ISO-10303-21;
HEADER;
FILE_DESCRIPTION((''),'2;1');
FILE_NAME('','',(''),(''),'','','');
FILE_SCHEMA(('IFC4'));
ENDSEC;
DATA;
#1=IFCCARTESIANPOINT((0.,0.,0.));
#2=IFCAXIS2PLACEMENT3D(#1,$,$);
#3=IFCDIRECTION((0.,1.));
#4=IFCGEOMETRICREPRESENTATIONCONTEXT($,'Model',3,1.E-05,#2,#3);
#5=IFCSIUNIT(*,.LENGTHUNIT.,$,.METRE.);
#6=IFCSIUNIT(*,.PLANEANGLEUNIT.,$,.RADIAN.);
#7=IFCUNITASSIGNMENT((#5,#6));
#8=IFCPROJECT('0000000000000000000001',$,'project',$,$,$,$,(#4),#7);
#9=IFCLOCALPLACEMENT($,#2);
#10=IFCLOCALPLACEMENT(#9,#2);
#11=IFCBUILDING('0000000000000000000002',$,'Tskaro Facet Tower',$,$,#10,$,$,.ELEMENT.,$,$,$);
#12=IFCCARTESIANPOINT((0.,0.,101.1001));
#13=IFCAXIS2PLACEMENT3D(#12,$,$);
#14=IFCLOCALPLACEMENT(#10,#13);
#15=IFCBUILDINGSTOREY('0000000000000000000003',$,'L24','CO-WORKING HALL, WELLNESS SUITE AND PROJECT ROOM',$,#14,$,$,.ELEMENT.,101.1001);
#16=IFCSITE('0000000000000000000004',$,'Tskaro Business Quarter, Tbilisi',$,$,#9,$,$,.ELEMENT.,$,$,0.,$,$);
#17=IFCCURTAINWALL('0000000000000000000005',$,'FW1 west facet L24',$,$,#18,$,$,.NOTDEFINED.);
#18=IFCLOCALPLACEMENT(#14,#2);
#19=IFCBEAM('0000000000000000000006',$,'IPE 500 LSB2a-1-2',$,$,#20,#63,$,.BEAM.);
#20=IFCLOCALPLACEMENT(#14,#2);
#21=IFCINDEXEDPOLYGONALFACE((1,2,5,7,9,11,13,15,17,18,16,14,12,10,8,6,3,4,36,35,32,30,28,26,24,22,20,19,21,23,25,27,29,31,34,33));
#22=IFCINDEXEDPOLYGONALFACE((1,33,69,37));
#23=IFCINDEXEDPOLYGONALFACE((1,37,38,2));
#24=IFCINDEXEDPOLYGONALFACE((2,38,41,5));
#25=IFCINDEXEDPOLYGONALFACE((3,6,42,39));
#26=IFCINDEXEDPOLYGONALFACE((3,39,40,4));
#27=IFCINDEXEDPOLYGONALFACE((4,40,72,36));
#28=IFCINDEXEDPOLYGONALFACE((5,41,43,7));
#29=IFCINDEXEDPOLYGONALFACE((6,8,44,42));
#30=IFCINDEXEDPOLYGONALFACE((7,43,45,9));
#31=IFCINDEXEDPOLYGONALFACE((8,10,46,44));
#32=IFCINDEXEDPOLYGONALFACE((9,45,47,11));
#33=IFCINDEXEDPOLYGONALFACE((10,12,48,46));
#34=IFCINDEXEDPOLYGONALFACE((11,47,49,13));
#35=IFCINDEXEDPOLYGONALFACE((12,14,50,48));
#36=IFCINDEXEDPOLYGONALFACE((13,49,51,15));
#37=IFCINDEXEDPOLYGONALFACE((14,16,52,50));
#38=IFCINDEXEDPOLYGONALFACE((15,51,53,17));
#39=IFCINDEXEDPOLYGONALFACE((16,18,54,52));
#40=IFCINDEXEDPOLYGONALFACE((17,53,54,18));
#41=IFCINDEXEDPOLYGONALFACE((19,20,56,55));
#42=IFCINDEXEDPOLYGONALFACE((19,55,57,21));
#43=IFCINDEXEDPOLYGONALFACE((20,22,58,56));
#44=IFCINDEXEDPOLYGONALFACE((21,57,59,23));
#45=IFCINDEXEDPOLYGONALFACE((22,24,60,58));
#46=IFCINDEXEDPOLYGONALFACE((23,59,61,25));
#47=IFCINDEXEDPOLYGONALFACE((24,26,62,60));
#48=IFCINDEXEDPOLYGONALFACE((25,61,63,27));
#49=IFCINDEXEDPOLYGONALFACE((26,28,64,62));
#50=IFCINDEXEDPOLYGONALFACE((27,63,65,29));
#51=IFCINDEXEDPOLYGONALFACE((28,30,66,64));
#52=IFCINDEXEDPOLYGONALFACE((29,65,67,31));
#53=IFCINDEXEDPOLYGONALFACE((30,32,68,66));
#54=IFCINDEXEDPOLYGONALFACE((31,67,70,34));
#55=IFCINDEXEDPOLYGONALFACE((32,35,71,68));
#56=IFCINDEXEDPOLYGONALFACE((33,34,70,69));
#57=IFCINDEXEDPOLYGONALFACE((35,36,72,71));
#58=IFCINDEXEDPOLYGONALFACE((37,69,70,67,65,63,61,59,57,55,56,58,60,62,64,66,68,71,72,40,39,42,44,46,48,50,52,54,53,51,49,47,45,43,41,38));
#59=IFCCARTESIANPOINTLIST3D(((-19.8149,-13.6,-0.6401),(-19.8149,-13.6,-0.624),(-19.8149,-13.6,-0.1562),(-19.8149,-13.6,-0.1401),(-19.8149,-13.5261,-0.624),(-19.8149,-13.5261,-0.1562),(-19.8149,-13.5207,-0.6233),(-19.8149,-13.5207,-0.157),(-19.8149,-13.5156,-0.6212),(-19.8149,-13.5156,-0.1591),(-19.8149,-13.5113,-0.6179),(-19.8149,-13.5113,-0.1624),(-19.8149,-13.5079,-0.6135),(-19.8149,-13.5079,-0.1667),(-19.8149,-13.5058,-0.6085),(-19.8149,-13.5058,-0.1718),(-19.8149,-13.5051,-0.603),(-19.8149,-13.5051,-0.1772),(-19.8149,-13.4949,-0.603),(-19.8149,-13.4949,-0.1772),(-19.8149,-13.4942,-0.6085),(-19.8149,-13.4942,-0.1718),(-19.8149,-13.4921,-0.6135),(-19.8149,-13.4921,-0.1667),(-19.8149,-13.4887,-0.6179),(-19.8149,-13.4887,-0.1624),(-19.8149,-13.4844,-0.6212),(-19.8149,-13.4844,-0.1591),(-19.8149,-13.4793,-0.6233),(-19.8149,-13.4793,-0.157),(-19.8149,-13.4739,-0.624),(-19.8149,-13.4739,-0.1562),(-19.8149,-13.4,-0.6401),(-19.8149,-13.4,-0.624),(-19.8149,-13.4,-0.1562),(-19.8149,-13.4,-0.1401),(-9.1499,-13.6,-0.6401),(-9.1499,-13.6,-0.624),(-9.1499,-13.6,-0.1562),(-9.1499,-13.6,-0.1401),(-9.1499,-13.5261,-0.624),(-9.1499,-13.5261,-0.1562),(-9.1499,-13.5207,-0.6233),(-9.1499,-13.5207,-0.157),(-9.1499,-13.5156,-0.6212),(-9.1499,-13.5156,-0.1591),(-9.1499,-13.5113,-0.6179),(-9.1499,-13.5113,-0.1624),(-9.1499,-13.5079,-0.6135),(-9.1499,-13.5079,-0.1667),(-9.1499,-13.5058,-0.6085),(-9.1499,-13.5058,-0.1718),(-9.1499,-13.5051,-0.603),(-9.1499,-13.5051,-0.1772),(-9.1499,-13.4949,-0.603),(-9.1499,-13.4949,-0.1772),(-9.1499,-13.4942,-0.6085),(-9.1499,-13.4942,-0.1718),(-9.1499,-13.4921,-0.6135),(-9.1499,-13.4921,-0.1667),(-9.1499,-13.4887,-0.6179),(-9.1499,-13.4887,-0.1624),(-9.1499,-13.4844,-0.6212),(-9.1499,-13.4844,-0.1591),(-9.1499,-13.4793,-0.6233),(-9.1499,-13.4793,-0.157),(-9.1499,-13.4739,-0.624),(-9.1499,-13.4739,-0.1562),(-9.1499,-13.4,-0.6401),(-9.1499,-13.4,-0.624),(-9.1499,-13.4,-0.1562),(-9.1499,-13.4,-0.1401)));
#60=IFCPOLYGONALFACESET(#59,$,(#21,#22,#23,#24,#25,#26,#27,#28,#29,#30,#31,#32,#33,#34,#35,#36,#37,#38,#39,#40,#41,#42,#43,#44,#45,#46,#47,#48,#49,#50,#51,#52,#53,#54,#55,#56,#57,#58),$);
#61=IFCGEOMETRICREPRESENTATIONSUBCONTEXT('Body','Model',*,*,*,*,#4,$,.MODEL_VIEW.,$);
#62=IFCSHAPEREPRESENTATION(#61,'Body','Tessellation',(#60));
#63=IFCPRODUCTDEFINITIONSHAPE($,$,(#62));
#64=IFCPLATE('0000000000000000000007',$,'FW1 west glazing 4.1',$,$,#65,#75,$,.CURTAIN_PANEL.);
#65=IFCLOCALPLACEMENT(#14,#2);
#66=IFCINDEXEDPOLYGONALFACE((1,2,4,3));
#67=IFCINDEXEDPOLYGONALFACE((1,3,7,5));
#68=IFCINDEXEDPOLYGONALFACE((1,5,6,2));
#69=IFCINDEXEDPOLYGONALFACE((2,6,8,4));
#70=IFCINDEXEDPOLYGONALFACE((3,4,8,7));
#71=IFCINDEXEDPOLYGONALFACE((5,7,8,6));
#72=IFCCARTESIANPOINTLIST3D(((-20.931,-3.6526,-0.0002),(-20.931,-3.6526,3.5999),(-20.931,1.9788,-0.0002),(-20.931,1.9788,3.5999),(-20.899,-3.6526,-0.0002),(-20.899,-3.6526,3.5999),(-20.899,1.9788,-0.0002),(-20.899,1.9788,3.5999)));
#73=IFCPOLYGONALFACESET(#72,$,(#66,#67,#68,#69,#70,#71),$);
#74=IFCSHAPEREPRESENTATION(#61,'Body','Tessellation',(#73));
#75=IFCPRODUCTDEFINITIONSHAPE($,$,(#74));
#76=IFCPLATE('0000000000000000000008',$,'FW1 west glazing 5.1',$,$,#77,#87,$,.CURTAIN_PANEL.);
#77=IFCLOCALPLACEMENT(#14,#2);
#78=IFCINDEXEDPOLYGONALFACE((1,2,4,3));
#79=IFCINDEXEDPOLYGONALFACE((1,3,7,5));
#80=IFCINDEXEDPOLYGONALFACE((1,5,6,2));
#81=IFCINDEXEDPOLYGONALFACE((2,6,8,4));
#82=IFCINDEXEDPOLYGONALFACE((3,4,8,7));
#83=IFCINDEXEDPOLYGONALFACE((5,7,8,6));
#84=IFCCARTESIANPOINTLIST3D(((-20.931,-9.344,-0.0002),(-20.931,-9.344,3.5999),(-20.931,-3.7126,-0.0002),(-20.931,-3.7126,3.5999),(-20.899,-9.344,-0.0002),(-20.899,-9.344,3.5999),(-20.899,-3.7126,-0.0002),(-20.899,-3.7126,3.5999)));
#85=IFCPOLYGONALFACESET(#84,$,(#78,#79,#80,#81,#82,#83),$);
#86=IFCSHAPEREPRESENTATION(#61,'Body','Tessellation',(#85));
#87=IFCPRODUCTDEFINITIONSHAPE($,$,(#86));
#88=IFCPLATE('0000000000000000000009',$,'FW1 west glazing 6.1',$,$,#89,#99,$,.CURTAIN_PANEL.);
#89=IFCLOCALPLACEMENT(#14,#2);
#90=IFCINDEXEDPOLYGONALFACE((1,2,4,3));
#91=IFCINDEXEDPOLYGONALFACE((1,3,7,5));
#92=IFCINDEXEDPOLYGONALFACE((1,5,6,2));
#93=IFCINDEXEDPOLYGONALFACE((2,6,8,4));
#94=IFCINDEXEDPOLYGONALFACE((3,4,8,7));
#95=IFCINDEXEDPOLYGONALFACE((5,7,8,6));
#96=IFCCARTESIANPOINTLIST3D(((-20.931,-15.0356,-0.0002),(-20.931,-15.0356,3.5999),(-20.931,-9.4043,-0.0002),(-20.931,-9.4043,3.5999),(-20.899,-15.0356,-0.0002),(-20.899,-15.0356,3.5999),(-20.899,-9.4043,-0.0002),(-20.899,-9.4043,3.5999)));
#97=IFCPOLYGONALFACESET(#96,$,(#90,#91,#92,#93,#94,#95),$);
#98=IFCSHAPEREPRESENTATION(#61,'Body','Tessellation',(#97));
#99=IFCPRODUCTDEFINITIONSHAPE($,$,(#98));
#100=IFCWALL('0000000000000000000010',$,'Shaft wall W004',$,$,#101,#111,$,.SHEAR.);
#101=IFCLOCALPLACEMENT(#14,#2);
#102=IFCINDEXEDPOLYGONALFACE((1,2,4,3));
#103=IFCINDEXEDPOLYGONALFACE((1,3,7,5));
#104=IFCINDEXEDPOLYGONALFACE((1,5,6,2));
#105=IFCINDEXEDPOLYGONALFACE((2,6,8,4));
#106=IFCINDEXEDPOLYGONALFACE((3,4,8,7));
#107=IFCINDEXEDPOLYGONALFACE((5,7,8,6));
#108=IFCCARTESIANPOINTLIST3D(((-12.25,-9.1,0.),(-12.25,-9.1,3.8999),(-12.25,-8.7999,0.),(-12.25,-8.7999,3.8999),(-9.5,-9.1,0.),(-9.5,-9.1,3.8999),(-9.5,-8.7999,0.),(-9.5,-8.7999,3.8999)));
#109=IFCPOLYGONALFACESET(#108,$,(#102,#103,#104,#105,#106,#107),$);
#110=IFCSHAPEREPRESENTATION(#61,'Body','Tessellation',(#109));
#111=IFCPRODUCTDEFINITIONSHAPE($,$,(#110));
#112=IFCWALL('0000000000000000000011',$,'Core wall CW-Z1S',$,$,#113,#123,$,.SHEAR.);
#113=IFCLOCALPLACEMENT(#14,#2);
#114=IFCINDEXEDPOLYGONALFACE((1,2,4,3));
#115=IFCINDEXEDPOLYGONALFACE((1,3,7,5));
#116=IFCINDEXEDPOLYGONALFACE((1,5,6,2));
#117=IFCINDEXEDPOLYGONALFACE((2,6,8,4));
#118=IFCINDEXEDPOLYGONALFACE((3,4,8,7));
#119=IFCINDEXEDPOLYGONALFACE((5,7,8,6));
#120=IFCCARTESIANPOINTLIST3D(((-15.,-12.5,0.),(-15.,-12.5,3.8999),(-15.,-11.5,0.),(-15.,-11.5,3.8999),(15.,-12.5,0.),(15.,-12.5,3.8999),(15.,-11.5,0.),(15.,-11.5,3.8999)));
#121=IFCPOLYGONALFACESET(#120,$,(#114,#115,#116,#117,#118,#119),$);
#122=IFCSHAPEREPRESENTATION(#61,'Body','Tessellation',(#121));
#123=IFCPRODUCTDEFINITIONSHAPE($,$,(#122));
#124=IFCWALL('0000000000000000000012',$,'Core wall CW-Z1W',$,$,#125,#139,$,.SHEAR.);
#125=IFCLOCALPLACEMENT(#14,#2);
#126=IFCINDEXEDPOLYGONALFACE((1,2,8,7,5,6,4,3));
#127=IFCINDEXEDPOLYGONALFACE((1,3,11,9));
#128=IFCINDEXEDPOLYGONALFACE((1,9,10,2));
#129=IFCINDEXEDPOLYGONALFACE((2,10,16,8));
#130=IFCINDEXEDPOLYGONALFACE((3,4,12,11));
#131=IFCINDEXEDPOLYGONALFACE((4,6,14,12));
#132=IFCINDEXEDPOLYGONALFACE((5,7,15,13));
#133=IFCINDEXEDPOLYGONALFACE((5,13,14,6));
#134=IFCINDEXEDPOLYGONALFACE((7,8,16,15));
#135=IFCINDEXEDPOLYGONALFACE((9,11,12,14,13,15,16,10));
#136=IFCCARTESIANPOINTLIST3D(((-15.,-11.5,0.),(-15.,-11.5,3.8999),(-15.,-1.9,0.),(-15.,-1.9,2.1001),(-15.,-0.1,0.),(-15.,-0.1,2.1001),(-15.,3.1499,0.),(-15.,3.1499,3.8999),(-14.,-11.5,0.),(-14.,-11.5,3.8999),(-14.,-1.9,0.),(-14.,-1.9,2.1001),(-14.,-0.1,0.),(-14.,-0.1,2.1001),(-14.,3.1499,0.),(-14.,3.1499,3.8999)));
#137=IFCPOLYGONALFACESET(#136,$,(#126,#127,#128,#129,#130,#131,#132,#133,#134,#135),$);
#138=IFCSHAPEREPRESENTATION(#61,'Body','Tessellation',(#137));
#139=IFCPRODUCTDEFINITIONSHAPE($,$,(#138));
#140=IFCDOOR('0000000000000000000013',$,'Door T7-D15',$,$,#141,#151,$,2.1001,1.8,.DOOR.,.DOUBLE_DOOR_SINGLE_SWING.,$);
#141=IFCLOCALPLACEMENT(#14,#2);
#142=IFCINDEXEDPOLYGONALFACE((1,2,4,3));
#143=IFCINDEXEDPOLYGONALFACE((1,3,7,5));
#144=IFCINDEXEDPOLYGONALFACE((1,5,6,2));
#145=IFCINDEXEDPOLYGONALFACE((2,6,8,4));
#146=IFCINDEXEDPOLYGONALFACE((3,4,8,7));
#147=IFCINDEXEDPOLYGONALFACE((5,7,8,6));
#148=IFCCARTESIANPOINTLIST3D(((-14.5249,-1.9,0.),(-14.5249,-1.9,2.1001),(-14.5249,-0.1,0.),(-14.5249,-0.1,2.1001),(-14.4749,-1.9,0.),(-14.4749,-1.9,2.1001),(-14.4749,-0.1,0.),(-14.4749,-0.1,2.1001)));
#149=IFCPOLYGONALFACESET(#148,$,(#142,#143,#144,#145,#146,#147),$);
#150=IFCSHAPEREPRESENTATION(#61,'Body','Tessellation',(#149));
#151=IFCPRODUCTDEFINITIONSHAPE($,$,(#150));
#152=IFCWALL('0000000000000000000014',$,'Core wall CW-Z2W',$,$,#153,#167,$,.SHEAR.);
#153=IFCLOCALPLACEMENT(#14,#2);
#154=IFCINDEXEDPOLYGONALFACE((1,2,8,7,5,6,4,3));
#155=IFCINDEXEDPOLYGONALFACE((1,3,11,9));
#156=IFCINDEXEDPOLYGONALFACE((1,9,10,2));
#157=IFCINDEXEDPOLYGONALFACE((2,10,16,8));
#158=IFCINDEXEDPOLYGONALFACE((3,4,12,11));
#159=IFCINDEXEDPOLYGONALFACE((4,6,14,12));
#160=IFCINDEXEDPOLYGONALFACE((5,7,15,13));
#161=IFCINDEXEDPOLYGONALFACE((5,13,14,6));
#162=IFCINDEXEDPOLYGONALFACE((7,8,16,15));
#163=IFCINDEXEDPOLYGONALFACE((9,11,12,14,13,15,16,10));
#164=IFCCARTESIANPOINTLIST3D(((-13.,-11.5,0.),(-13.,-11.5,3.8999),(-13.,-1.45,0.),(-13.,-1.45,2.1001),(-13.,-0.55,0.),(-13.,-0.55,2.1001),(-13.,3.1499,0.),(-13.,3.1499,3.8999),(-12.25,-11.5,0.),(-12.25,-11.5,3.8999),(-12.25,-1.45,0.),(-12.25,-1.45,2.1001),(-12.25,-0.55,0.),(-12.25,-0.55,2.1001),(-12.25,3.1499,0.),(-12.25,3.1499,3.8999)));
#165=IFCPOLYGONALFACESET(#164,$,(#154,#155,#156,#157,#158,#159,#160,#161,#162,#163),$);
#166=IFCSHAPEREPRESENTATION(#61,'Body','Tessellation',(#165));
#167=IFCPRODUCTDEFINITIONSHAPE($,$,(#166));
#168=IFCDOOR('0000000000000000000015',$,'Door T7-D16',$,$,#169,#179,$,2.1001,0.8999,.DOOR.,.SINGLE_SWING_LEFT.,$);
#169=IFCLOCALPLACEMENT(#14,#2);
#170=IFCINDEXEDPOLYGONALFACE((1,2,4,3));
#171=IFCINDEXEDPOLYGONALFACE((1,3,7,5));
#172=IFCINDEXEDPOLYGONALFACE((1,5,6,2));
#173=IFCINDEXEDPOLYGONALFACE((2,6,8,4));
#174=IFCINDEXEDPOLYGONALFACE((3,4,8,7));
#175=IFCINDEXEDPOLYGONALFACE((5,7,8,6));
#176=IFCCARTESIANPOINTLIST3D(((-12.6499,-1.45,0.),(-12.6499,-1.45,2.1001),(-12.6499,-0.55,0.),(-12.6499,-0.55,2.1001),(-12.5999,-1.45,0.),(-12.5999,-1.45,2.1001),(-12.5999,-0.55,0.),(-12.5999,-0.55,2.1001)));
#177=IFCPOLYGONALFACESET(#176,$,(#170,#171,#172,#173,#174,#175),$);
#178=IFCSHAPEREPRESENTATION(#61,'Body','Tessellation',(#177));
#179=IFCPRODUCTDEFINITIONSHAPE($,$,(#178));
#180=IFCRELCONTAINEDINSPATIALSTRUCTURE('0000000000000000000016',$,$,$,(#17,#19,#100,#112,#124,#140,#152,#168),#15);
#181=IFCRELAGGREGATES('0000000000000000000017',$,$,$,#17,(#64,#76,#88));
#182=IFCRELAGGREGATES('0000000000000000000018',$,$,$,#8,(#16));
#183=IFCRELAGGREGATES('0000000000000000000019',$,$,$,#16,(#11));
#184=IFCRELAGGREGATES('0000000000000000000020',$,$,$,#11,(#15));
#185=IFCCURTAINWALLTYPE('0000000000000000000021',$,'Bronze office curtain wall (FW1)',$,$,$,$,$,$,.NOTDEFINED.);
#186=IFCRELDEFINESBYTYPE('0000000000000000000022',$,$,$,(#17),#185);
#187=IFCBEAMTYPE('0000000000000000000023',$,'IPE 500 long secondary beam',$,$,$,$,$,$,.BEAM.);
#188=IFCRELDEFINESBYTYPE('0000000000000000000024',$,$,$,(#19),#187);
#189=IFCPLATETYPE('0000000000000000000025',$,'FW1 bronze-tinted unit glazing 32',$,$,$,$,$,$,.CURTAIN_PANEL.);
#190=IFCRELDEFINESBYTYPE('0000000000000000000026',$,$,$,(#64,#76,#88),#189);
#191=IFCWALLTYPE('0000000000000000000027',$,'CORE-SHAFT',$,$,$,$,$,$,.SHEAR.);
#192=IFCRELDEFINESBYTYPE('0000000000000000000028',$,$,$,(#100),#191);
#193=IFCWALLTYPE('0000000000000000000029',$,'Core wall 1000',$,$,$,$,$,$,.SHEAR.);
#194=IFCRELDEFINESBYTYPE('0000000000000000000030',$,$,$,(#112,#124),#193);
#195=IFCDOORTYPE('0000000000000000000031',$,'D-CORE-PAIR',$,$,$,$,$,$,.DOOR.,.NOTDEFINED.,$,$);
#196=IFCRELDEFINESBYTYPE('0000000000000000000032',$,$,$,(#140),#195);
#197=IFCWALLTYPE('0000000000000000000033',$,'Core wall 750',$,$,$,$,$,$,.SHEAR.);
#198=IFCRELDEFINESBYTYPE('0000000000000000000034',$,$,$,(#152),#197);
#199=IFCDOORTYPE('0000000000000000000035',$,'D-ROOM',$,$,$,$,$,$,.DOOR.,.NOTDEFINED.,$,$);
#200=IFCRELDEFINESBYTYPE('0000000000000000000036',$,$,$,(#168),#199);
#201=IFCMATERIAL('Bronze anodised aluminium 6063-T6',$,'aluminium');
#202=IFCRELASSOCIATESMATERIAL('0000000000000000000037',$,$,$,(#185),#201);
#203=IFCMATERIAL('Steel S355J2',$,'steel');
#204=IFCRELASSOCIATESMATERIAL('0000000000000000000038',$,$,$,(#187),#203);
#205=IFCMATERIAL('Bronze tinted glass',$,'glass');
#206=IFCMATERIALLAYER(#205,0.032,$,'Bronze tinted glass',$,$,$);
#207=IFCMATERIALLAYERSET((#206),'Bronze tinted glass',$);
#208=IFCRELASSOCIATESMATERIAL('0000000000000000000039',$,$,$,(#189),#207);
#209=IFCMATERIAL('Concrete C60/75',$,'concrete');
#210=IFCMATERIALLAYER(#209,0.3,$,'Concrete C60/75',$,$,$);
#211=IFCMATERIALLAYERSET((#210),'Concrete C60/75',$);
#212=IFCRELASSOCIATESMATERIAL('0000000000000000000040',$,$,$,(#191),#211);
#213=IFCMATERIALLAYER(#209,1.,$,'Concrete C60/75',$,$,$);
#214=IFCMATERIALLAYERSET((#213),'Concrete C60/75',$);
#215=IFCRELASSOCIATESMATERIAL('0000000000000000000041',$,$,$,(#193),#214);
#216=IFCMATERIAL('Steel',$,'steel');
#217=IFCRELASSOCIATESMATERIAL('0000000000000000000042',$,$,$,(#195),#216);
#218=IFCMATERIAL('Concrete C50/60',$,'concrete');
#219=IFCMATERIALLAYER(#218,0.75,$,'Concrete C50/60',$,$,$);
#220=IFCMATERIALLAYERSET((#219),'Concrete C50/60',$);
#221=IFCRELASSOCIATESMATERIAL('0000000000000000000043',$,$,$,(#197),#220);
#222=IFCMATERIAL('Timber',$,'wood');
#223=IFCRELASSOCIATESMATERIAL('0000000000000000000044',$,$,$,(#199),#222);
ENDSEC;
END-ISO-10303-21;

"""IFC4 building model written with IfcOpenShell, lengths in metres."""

from ifc_helpers import new_model, si_unit, direction, frame, frame_2d, origin, origin_2d, place, context, subcontext, project, spatial, rectangle, i_section, extrude, material, layer, layer_set, material_profile, profile_set, type_object, element, fill, aggregate, save


model = new_model("IFC4")

# Units and contexts
model_context = context("Model", 3, precision=1e-05, world=origin(), true_north=direction((0.0, 1.0)))
body_context = subcontext(model_context, "Body", "Model", "MODEL_VIEW")
ifc_project = project(units=[si_unit("LENGTHUNIT", "METRE"), si_unit("PLANEANGLEUNIT", "RADIAN")], contexts=[model_context])

# Site, building, storey
site_placement = place(None, origin())
site = spatial("IfcSite", under=ifc_project, at=site_placement, Name="Tskaro Business Quarter, Tbilisi", CompositionType="ELEMENT", RefElevation=0.0)
building_placement = place(site_placement, origin())
building = spatial("IfcBuilding", under=site, at=building_placement, Name="Tskaro Facet Tower", CompositionType="ELEMENT")
storey_placement = place(building_placement, frame((0.0, 0.0, 101.1001)))
storey = spatial("IfcBuildingStorey", under=building, at=storey_placement, Name="L24", Description="CO-WORKING HALL, WELLNESS SUITE AND PROJECT ROOM", CompositionType="ELEMENT", Elevation=101.1001)

# Curtain wall
ifc_material_1 = material(Name="Bronze anodised aluminium 6063-T6", Category="aluminium")
curtain_wall_type = type_object("IfcCurtainWallType", Name="Bronze office curtain wall (FW1)", PredefinedType="NOTDEFINED", material=ifc_material_1)
curtain_wall_placement = place(storey_placement, origin())
curtain_wall = element("IfcCurtainWall", 1, at=curtain_wall_placement, inside=storey, type_object=curtain_wall_type, Name="FW1 west facet L24", PredefinedType="NOTDEFINED")

# Beam
ifc_material_2 = material(Name="Steel S355J2", Category="steel")
ifc_material_profile_1 = material_profile(ifc_material_2, i_section(OverallWidth=0.2, OverallDepth=0.5, WebThickness=0.0103, FlangeThickness=0.0161, FilletRadius=0.021, at=origin_2d()), Name="IPE 500")
ifc_profile_set_1 = profile_set([ifc_material_profile_1], Name="Steel S355J2")
beam_type_1 = type_object("IfcBeamType", Name="IPE 500 long secondary beam", PredefinedType="BEAM", material=ifc_profile_set_1)
beam_1_placement = place(storey_placement, frame((-19.8149, -13.5, -0.3901), z_axis=(1.0, 0.0, 0.0), x_axis=(0.0, 1.0, 0.0)))
element("IfcBeam", 2, at=beam_1_placement, inside=storey, type_object=beam_type_1, Name="IPE 500 LSB2a-1-2", PredefinedType="BEAM", context=body_context, shape_type="SweptSolid", body=[
    extrude(i_section(OverallWidth=0.2, OverallDepth=0.5, WebThickness=0.0103, FlangeThickness=0.0161, FilletRadius=0.021, at=origin_2d()), origin(), (0.0, 0.0, 1.0), 10.665),
])

# Plates
ifc_material_3 = material(Name="Bronze tinted glass", Category="glass")
ifc_layer_1 = layer(ifc_material_3, 0.032, Name="Bronze tinted glass")
ifc_layer_set_1 = layer_set([ifc_layer_1], Name="Bronze tinted glass")
plate_type = type_object("IfcPlateType", Name="FW1 bronze-tinted unit glazing 32", PredefinedType="CURTAIN_PANEL", material=ifc_layer_set_1)
plate_1_placement = place(storey_placement, frame((-20.915, -0.8369, -0.0002), z_axis=(0.0, 0.0, 1.0), x_axis=(0.0, -1.0, 0.0)))
plate_1 = element("IfcPlate", 3, at=plate_1_placement, type_object=plate_type, Name="FW1 west glazing 4.1", PredefinedType="CURTAIN_PANEL", context=body_context, shape_type="SweptSolid", body=[
    extrude(rectangle(XDim=5.6313, YDim=0.032, at=origin_2d()), origin(), (0.0, 0.0, 1.0), 3.6001),
])
plate_2_placement = place(storey_placement, frame((-20.915, -6.5283, -0.0002), z_axis=(0.0, 0.0, 1.0), x_axis=(0.0, -1.0, 0.0)))
plate_2 = element("IfcPlate", 4, at=plate_2_placement, type_object=plate_type, Name="FW1 west glazing 5.1", PredefinedType="CURTAIN_PANEL", context=body_context, shape_type="SweptSolid", body=[
    extrude(rectangle(XDim=5.6313, YDim=0.032, at=origin_2d()), origin(), (0.0, 0.0, 1.0), 3.6001),
])
plate_3_placement = place(storey_placement, frame((-20.915, -12.22, -0.0002), z_axis=(0.0, 0.0, 1.0), x_axis=(0.0, -1.0, 0.0)))
plate_3 = element("IfcPlate", 5, at=plate_3_placement, type_object=plate_type, Name="FW1 west glazing 6.1", PredefinedType="CURTAIN_PANEL", context=body_context, shape_type="SweptSolid", body=[
    extrude(rectangle(XDim=5.6313, YDim=0.032, at=origin_2d()), origin(), (0.0, 0.0, 1.0), 3.6001),
])
aggregate(curtain_wall, [plate_1, plate_2, plate_3])

# Walls
ifc_material_4 = material(Name="Concrete C60/75", Category="concrete")
ifc_layer_2 = layer(ifc_material_4, 0.3, Name="Concrete C60/75")
ifc_layer_set_2 = layer_set([ifc_layer_2], Name="Concrete C60/75")
wall_type_1 = type_object("IfcWallType", Name="CORE-SHAFT", PredefinedType="SHEAR", material=ifc_layer_set_2)
wall_1_placement = place(storey_placement, frame((-12.25, -8.95, 0.0), z_axis=(0.0, 0.0, 1.0), x_axis=(1.0, 0.0, 0.0)))
element("IfcWall", 6, at=wall_1_placement, inside=storey, type_object=wall_type_1, Name="Shaft wall W004", PredefinedType="SHEAR", context=body_context, shape_type="SweptSolid", body=[
    extrude(rectangle(XDim=2.75, YDim=0.3, at=frame_2d((1.375, 0.0))), origin(), (0.0, 0.0, 1.0), 3.8999),
])
ifc_layer_3 = layer(ifc_material_4, 1.0, Name="Concrete C60/75")
ifc_layer_set_3 = layer_set([ifc_layer_3], Name="Concrete C60/75")
wall_type_2 = type_object("IfcWallType", Name="Core wall 1000", PredefinedType="SHEAR", material=ifc_layer_set_3)
wall_2_placement = place(storey_placement, frame((-15.0, -12.0, 0.0), z_axis=(0.0, 0.0, 1.0), x_axis=(1.0, 0.0, 0.0)))
element("IfcWall", 7, at=wall_2_placement, inside=storey, type_object=wall_type_2, Name="Core wall CW-Z1S", PredefinedType="SHEAR", context=body_context, shape_type="SweptSolid", body=[
    extrude(rectangle(XDim=30.0, YDim=1.0, at=frame_2d((15.0, 0.0))), origin(), (0.0, 0.0, 1.0), 3.8999),
])

# Walls, openings, doors
wall_3_placement = place(storey_placement, frame((-14.5, -11.5, 0.0), z_axis=(0.0, 0.0, 1.0), x_axis=(0.0, 1.0, 0.0)))
wall_3 = element("IfcWall", 8, at=wall_3_placement, inside=storey, type_object=wall_type_2, Name="Core wall CW-Z1W", PredefinedType="SHEAR", context=body_context, shape_type="SweptSolid", body=[
    extrude(rectangle(XDim=14.6499, YDim=1.0, at=frame_2d((7.325, 0.0))), origin(), (0.0, 0.0, 1.0), 3.8999),
])
opening_1_placement = place(wall_3_placement, frame((9.6001, 0.0, 0.0)))
opening_1 = element("IfcOpeningElement", 9, at=opening_1_placement, cuts=wall_3, PredefinedType="OPENING", context=body_context, shape_type="SweptSolid", body=[
    extrude(rectangle(XDim=1.8, YDim=2.1001, at=frame_2d((0.8999, 1.05))), frame((0.0, 0.51, 0.0), z_axis=(0.0, -1.0, 0.0), x_axis=(1.0, 0.0, 0.0)), (0.0, 0.0, 1.0), 1.02),
])
ifc_material_5 = material(Name="Steel", Category="steel")
door_type_1 = type_object("IfcDoorType", Name="D-CORE-PAIR", OperationType="NOTDEFINED", PredefinedType="DOOR", material=ifc_material_5)
door_1_placement = place(opening_1_placement, origin())
door_1 = element("IfcDoor", 10, at=door_1_placement, inside=storey, type_object=door_type_1, Name="Door T7-D15", OperationType="DOUBLE_DOOR_SINGLE_SWING", OverallHeight=2.1001, OverallWidth=1.8, PredefinedType="DOOR", context=body_context, shape_type="SweptSolid", body=[
    extrude(rectangle(XDim=1.8, YDim=2.1001, at=frame_2d((0.8999, 1.05))), frame((0.0, 0.0249, 0.0), z_axis=(0.0, -1.0, 0.0), x_axis=(1.0, 0.0, 0.0)), (0.0, 0.0, 1.0), 0.05),
])
fill(opening_1, door_1)
ifc_material_6 = material(Name="Concrete C50/60", Category="concrete")
ifc_layer_4 = layer(ifc_material_6, 0.75, Name="Concrete C50/60")
ifc_layer_set_4 = layer_set([ifc_layer_4], Name="Concrete C50/60")
wall_type_3 = type_object("IfcWallType", Name="Core wall 750", PredefinedType="SHEAR", material=ifc_layer_set_4)
wall_4_placement = place(storey_placement, frame((-12.625, -11.5, 0.0), z_axis=(0.0, 0.0, 1.0), x_axis=(0.0, 1.0, 0.0)))
wall_4 = element("IfcWall", 11, at=wall_4_placement, inside=storey, type_object=wall_type_3, Name="Core wall CW-Z2W", PredefinedType="SHEAR", context=body_context, shape_type="SweptSolid", body=[
    extrude(rectangle(XDim=14.6499, YDim=0.75, at=frame_2d((7.325, 0.0))), origin(), (0.0, 0.0, 1.0), 3.8999),
])
opening_2_placement = place(wall_4_placement, frame((10.05, 0.0, 0.0)))
opening_2 = element("IfcOpeningElement", 12, at=opening_2_placement, cuts=wall_4, PredefinedType="OPENING", context=body_context, shape_type="SweptSolid", body=[
    extrude(rectangle(XDim=0.8999, YDim=2.1001, at=frame_2d((0.45, 1.05))), frame((0.0, 0.385, 0.0), z_axis=(0.0, -1.0, 0.0), x_axis=(1.0, 0.0, 0.0)), (0.0, 0.0, 1.0), 0.77),
])
ifc_material_7 = material(Name="Timber", Category="wood")
door_type_2 = type_object("IfcDoorType", Name="D-ROOM", OperationType="NOTDEFINED", PredefinedType="DOOR", material=ifc_material_7)
door_2_placement = place(opening_2_placement, origin())
door_2 = element("IfcDoor", 13, at=door_2_placement, inside=storey, type_object=door_type_2, Name="Door T7-D16", OperationType="SINGLE_SWING_LEFT", OverallHeight=2.1001, OverallWidth=0.8999, PredefinedType="DOOR", context=body_context, shape_type="SweptSolid", body=[
    extrude(rectangle(XDim=0.8999, YDim=2.1001, at=frame_2d((0.45, 1.05))), frame((0.0, 0.0249, 0.0), z_axis=(0.0, -1.0, 0.0), x_axis=(1.0, 0.0, 0.0)), (0.0, 0.0, 1.0), 0.05),
])
fill(opening_2, door_2)

save(model, "model.ifc")
